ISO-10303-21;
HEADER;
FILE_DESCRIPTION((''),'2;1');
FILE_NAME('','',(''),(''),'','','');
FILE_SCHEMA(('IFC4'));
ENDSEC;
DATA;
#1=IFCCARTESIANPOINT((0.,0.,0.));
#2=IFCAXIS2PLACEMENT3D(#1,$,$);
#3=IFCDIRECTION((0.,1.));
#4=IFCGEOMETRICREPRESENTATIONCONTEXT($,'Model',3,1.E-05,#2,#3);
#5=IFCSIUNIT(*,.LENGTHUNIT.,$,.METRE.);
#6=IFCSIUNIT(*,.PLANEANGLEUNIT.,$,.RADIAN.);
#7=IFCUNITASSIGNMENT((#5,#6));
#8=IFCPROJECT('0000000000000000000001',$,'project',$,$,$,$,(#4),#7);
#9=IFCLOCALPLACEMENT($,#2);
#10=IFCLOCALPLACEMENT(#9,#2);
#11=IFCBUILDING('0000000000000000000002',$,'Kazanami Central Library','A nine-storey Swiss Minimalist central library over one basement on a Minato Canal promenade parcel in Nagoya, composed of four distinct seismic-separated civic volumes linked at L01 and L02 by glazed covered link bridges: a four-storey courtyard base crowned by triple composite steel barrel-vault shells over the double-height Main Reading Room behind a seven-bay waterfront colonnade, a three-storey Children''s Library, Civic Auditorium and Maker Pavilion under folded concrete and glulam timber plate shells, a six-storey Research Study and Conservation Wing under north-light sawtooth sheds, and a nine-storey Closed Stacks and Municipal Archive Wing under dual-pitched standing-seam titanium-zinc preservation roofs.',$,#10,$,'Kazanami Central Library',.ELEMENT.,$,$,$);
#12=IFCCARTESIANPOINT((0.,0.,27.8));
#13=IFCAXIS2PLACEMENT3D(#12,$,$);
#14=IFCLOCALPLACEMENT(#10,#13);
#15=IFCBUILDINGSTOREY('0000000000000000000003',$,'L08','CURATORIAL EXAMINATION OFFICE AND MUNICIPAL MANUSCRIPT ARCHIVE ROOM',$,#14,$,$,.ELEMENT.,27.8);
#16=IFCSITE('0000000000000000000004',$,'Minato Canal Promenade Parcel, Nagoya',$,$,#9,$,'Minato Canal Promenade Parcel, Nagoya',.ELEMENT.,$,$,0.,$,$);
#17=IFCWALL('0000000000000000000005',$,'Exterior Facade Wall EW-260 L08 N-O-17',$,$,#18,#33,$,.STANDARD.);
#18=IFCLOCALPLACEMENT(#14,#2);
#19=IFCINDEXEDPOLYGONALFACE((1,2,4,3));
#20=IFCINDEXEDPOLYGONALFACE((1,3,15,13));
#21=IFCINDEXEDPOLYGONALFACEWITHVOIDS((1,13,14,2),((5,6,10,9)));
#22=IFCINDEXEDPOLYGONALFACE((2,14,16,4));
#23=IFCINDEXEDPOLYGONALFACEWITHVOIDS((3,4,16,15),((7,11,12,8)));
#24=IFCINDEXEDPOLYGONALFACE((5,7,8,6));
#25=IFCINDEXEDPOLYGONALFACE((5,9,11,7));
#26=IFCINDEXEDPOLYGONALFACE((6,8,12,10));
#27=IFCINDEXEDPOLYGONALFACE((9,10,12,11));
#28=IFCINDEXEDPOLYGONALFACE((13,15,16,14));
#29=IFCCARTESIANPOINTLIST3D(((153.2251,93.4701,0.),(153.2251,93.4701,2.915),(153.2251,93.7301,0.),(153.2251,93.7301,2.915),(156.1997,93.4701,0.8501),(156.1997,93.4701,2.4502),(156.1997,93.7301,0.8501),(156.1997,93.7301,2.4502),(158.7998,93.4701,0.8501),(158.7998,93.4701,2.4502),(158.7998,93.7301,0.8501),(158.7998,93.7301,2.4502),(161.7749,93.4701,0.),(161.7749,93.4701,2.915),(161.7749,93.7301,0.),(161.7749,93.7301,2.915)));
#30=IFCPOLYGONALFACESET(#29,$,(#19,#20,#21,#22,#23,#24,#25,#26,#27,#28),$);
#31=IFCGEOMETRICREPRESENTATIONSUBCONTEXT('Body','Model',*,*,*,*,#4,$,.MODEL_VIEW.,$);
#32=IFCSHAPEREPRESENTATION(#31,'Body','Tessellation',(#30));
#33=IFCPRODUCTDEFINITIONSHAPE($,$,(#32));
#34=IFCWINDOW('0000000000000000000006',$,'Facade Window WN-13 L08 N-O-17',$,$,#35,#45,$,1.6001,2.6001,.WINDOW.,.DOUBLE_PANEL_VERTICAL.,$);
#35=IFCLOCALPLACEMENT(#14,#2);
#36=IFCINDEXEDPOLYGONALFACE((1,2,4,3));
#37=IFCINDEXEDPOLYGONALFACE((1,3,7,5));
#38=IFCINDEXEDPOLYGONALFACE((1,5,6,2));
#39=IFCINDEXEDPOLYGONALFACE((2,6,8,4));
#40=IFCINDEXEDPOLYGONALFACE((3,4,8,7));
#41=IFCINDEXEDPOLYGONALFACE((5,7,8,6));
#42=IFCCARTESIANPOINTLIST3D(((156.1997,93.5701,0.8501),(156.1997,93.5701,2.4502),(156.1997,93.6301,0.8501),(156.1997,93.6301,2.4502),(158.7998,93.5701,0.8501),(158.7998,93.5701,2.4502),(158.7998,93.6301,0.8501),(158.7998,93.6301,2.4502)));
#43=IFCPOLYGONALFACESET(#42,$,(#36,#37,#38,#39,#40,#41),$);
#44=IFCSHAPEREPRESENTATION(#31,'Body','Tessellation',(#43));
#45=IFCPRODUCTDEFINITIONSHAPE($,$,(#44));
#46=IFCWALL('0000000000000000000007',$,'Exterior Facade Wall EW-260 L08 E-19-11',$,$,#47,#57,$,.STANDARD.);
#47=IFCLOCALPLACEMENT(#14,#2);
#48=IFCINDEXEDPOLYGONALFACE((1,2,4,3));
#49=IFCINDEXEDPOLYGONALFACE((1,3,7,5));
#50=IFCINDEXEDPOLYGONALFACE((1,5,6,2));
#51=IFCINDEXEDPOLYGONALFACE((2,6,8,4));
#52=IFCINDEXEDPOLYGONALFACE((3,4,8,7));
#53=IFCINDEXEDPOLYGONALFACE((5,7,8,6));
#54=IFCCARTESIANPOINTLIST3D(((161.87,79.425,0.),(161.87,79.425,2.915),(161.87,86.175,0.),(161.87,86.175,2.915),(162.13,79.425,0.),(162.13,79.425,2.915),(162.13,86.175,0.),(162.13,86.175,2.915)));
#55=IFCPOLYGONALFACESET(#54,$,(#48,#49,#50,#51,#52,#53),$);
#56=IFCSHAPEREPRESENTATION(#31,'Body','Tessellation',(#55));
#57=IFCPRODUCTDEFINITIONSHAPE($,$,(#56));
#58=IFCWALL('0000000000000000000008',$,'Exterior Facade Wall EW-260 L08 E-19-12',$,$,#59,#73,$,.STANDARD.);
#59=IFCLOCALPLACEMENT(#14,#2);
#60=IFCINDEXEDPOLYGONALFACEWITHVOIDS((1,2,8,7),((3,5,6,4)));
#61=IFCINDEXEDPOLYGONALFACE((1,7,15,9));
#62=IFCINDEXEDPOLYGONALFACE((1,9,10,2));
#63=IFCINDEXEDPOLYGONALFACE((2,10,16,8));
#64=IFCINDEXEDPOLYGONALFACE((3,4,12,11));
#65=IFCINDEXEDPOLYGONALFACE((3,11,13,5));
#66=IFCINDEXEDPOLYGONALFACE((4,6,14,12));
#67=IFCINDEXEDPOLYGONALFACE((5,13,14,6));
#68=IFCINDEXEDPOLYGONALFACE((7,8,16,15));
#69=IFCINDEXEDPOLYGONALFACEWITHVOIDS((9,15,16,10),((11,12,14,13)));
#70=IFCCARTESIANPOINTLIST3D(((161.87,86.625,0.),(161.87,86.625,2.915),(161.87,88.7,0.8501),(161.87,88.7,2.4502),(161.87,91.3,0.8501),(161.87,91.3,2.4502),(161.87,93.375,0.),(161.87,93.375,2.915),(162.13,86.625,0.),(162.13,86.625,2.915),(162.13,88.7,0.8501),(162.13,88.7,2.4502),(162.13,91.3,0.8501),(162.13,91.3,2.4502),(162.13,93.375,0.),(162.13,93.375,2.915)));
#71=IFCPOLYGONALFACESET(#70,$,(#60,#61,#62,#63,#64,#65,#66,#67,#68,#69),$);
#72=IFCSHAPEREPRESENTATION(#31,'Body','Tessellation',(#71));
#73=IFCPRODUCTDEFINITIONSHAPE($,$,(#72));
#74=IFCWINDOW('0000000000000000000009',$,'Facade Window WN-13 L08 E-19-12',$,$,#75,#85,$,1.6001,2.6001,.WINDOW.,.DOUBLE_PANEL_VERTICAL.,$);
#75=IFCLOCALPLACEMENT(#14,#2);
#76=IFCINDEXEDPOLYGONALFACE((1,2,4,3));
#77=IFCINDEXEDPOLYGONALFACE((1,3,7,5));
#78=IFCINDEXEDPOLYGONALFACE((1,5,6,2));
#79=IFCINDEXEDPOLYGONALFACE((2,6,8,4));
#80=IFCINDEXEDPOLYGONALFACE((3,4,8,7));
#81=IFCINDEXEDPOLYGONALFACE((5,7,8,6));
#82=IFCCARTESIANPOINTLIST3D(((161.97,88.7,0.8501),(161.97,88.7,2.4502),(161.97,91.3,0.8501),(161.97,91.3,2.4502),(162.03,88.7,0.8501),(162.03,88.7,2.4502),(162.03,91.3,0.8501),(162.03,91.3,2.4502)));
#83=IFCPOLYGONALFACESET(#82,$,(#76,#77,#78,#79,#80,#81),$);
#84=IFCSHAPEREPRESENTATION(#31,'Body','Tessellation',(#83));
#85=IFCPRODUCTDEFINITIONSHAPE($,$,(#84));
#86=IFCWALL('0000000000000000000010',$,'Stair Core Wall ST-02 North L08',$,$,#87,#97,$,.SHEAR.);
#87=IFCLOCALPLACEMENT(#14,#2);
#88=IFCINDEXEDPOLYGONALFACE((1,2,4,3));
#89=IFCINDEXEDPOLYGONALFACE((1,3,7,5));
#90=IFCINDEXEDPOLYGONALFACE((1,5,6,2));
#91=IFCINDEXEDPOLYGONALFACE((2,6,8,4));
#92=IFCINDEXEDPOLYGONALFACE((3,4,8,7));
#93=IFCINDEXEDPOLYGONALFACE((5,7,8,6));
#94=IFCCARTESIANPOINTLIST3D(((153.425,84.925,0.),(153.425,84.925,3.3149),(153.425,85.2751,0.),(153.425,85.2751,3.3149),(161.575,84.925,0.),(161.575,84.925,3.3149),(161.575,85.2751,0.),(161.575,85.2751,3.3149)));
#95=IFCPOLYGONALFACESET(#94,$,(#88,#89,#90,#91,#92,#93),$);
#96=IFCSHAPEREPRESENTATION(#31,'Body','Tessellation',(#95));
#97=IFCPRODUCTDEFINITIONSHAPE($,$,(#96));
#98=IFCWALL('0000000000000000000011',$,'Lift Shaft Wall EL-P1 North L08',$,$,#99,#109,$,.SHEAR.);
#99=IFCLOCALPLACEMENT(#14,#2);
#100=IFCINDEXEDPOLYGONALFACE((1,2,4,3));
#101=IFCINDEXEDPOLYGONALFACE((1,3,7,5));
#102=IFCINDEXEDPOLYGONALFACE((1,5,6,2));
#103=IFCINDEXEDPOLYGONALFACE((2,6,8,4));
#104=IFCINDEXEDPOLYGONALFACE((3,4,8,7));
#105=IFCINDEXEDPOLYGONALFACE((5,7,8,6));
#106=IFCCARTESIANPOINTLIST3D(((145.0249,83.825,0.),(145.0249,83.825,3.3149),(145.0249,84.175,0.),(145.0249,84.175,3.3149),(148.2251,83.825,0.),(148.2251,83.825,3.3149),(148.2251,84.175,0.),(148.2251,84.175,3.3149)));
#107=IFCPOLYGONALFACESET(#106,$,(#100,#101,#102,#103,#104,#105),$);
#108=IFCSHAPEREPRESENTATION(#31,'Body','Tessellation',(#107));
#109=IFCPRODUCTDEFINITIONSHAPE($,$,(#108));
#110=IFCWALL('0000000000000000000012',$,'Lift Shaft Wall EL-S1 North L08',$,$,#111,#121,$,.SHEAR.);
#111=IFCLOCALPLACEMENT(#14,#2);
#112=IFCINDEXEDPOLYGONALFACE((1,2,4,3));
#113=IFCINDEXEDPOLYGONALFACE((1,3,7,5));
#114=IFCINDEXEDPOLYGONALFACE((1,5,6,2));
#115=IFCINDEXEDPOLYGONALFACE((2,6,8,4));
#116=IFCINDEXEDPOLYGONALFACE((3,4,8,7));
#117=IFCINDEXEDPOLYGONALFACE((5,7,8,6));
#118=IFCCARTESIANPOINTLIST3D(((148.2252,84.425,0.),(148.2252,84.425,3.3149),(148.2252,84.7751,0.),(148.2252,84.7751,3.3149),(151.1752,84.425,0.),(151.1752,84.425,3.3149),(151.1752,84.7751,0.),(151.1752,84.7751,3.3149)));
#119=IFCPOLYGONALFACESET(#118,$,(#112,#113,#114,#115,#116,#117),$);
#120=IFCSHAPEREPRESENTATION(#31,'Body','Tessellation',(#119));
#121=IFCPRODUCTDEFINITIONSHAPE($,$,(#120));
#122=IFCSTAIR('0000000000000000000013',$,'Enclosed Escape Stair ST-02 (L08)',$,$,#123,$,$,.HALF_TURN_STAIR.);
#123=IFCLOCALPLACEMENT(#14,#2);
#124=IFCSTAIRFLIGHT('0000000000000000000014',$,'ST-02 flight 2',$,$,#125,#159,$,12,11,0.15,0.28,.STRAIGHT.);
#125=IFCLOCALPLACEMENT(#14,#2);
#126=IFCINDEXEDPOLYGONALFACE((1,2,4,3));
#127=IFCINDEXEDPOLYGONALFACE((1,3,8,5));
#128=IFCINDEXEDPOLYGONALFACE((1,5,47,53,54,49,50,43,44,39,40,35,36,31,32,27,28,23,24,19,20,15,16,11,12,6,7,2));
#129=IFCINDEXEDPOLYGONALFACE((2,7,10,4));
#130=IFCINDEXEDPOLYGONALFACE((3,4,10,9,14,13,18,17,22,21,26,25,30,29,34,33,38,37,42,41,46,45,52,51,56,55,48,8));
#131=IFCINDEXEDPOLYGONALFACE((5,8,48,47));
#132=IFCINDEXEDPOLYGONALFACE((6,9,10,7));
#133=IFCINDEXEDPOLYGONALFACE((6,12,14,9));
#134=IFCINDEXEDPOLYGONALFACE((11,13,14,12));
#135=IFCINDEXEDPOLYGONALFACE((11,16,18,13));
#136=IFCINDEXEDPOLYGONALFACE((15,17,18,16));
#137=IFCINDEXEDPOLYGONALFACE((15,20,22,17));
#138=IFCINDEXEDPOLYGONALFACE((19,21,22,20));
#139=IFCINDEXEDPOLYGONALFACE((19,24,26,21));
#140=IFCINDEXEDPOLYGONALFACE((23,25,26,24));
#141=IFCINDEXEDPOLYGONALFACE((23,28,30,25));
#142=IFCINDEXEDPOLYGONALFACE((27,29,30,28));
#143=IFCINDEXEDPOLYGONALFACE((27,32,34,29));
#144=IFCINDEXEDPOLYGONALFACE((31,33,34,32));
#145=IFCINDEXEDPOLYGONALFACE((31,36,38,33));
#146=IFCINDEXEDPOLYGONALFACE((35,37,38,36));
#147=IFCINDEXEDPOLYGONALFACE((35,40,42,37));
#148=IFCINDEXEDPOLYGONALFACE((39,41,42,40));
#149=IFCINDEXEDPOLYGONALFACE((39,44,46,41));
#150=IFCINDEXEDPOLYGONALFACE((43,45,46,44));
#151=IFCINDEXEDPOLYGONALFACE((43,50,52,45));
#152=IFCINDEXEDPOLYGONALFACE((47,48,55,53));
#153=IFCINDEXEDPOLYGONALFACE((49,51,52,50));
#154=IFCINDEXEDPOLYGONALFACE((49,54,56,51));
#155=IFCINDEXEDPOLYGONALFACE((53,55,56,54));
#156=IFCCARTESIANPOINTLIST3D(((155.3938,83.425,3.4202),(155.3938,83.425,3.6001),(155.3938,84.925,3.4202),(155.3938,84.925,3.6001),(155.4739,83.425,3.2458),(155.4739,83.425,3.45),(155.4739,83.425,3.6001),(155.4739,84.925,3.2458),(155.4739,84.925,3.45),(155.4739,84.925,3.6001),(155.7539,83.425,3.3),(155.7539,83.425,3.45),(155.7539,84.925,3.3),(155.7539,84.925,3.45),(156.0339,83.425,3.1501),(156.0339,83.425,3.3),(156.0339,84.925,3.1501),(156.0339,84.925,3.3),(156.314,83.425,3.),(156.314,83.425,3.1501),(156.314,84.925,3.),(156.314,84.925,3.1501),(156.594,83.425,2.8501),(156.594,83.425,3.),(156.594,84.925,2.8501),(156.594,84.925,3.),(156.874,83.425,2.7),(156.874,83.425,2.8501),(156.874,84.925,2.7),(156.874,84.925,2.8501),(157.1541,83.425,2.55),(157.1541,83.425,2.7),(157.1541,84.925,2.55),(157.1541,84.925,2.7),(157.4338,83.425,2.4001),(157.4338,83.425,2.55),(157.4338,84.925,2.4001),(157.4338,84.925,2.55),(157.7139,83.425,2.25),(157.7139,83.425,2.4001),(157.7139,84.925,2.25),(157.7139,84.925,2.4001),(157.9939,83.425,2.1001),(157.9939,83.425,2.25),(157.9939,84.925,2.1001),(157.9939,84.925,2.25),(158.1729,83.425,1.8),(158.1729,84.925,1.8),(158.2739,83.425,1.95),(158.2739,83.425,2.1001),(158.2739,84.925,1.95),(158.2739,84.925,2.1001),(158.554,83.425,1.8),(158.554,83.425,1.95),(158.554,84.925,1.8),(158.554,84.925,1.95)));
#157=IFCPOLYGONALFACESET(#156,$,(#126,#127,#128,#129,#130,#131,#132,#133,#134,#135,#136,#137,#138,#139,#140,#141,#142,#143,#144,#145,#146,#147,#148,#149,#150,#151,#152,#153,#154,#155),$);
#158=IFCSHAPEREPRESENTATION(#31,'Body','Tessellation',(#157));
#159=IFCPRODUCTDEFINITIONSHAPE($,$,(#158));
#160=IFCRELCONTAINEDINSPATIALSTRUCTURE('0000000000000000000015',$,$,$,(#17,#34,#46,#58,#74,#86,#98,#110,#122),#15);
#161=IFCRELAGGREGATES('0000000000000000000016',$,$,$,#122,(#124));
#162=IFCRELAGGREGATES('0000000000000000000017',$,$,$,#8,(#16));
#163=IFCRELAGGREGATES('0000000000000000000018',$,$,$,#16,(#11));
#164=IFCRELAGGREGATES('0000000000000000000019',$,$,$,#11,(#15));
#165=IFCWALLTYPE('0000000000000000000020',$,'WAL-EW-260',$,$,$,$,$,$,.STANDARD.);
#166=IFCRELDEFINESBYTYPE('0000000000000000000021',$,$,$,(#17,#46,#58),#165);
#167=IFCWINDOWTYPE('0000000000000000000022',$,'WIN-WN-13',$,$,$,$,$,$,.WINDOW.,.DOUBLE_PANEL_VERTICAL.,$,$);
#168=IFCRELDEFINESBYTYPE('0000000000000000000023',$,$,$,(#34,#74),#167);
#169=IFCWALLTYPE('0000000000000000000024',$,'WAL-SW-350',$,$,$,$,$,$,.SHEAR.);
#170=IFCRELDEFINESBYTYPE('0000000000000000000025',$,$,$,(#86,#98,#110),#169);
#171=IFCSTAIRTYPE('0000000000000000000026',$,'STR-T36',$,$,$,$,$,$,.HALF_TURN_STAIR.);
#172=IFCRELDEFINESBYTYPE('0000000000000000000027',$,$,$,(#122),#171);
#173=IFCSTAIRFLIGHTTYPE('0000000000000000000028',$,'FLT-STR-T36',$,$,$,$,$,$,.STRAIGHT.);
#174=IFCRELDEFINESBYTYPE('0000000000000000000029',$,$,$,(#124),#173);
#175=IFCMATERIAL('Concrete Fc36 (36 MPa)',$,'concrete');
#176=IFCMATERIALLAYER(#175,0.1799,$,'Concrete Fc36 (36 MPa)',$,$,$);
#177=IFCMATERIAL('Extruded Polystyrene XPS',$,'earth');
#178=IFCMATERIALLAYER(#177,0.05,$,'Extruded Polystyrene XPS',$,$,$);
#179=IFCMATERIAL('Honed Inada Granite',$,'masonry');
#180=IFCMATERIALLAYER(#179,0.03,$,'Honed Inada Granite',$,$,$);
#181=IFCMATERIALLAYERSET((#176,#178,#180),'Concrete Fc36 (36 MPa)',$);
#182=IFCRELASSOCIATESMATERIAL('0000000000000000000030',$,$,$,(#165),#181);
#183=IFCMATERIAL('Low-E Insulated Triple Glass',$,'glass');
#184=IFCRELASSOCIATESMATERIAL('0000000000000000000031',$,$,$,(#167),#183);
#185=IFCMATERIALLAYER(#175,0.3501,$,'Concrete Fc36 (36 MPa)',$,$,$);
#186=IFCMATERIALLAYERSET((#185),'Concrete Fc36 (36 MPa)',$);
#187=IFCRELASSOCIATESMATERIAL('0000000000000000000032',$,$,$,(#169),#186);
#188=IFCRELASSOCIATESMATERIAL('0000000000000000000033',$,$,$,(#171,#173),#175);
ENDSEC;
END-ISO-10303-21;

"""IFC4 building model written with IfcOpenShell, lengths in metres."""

from ifc_helpers import new_model, si_unit, direction, frame, frame_2d, origin, place, context, subcontext, project, spatial, polyline, rectangle, outline, extrude, material, layer, layer_set, type_object, element, fill, aggregate, save


model = new_model("IFC4")

# Units and contexts
model_context = context("Model", 3, precision=1e-05, world=origin(), true_north=direction((0.0, 1.0)))
body_context = subcontext(model_context, "Body", "Model", "MODEL_VIEW")
ifc_project = project(units=[si_unit("LENGTHUNIT", "METRE"), si_unit("PLANEANGLEUNIT", "RADIAN")], contexts=[model_context])

# Site, building, storey
site_placement = place(None, origin())
site = spatial("IfcSite", under=ifc_project, at=site_placement, Name="Minato Canal Promenade Parcel, Nagoya", LongName="Minato Canal Promenade Parcel, Nagoya", CompositionType="ELEMENT", RefElevation=0.0)
building_placement = place(site_placement, origin())
building = spatial("IfcBuilding", under=site, at=building_placement, Name="Kazanami Central Library", Description="A nine-storey Swiss Minimalist central library over one basement on a Minato Canal promenade parcel in Nagoya, composed of four distinct seismic-separated civic volumes linked at L01 and L02 by glazed covered link bridges: a four-storey courtyard base crowned by triple composite steel barrel-vault shells over the double-height Main Reading Room behind a seven-bay waterfront colonnade, a three-storey Children's Library, Civic Auditorium and Maker Pavilion under folded concrete and glulam timber plate shells, a six-storey Research Study and Conservation Wing under north-light sawtooth sheds, and a nine-storey Closed Stacks and Municipal Archive Wing under dual-pitched standing-seam titanium-zinc preservation roofs.", LongName="Kazanami Central Library", CompositionType="ELEMENT")
storey_placement = place(building_placement, frame((0.0, 0.0, 27.8)))
storey = spatial("IfcBuildingStorey", under=building, at=storey_placement, Name="L08", Description="CURATORIAL EXAMINATION OFFICE AND MUNICIPAL MANUSCRIPT ARCHIVE ROOM", CompositionType="ELEMENT", Elevation=27.8)

# Wall, opening, window
ifc_material_1 = material(Name="Concrete Fc36 (36 MPa)", Category="concrete")
ifc_layer_1 = layer(ifc_material_1, 0.1799, Name="Concrete Fc36 (36 MPa)")
ifc_material_2 = material(Name="Extruded Polystyrene XPS", Category="earth")
ifc_layer_2 = layer(ifc_material_2, 0.05, Name="Extruded Polystyrene XPS")
ifc_material_3 = material(Name="Honed Inada Granite", Category="masonry")
ifc_layer_3 = layer(ifc_material_3, 0.03, Name="Honed Inada Granite")
ifc_layer_set_1 = layer_set([ifc_layer_1, ifc_layer_2, ifc_layer_3], Name="Concrete Fc36 (36 MPa)")
wall_type_1 = type_object("IfcWallType", Name="WAL-EW-260", PredefinedType="STANDARD", material=ifc_layer_set_1)
ifc_material_4 = material(Name="Low-E Insulated Triple Glass", Category="glass")
window_type = type_object("IfcWindowType", Name="WIN-WN-13", PartitioningType="DOUBLE_PANEL_VERTICAL", PredefinedType="WINDOW", material=ifc_material_4)
wall_1_placement = place(storey_placement, frame((161.7749, 93.6001, 0.0), z_axis=(0.0, 0.0, 1.0), x_axis=(-1.0, 0.0, 0.0)))
wall_1 = element("IfcWall", 1, at=wall_1_placement, inside=storey, type_object=wall_type_1, Name="Exterior Facade Wall EW-260 L08 N-O-17", PredefinedType="STANDARD", context=body_context, shape_type="SweptSolid", body=[
    extrude(rectangle(XDim=8.5498, YDim=0.26, at=frame_2d((4.2749, 0.0))), origin(), (0.0, 0.0, 1.0), 2.915),
])
opening_1_placement = place(wall_1_placement, frame((2.9751, 0.0, 0.8501)))
opening_1 = element("IfcOpeningElement", 2, at=opening_1_placement, cuts=wall_1, PredefinedType="OPENING", context=body_context, shape_type="SweptSolid", body=[
    extrude(rectangle(XDim=2.6001, YDim=1.6001, at=frame_2d((1.3, 0.8))), frame((0.0, 0.1421, 0.0), z_axis=(0.0, -1.0, 0.0), x_axis=(1.0, 0.0, 0.0)), (0.0, 0.0, 1.0), 0.2839),
])
window_1_placement = place(opening_1_placement, origin())
window_1 = element("IfcWindow", 3, at=window_1_placement, inside=storey, type_object=window_type, Name="Facade Window WN-13 L08 N-O-17", OverallHeight=1.6001, OverallWidth=2.6001, PartitioningType="DOUBLE_PANEL_VERTICAL", PredefinedType="WINDOW", context=body_context, shape_type="SweptSolid", body=[
    extrude(rectangle(XDim=2.6001, YDim=1.6001, at=frame_2d((1.3, 0.8))), frame((0.0, 0.03, 0.0), z_axis=(0.0, -1.0, 0.0), x_axis=(1.0, 0.0, 0.0)), (0.0, 0.0, 1.0), 0.0601),
])
fill(opening_1, window_1)

# Wall
wall_2_placement = place(storey_placement, frame((162.0, 86.175, 0.0), z_axis=(0.0, 0.0, 1.0), x_axis=(0.0, -1.0, 0.0)))
element("IfcWall", 4, at=wall_2_placement, inside=storey, type_object=wall_type_1, Name="Exterior Facade Wall EW-260 L08 E-19-11", PredefinedType="STANDARD", context=body_context, shape_type="SweptSolid", body=[
    extrude(rectangle(XDim=6.75, YDim=0.26, at=frame_2d((3.375, 0.0))), origin(), (0.0, 0.0, 1.0), 2.915),
])

# Wall, opening, window
wall_3_placement = place(storey_placement, frame((162.0, 93.375, 0.0), z_axis=(0.0, 0.0, 1.0), x_axis=(0.0, -1.0, 0.0)))
wall_3 = element("IfcWall", 5, at=wall_3_placement, inside=storey, type_object=wall_type_1, Name="Exterior Facade Wall EW-260 L08 E-19-12", PredefinedType="STANDARD", context=body_context, shape_type="SweptSolid", body=[
    extrude(rectangle(XDim=6.75, YDim=0.26, at=frame_2d((3.375, 0.0))), origin(), (0.0, 0.0, 1.0), 2.915),
])
opening_2_placement = place(wall_3_placement, frame((2.075, 0.0, 0.8501)))
opening_2 = element("IfcOpeningElement", 6, at=opening_2_placement, cuts=wall_3, PredefinedType="OPENING", context=body_context, shape_type="SweptSolid", body=[
    extrude(rectangle(XDim=2.6001, YDim=1.6001, at=frame_2d((1.3, 0.8))), frame((0.0, 0.1421, 0.0), z_axis=(0.0, -1.0, 0.0), x_axis=(1.0, 0.0, 0.0)), (0.0, 0.0, 1.0), 0.2839),
])
window_2_placement = place(opening_2_placement, origin())
window_2 = element("IfcWindow", 7, at=window_2_placement, inside=storey, type_object=window_type, Name="Facade Window WN-13 L08 E-19-12", OverallHeight=1.6001, OverallWidth=2.6001, PartitioningType="DOUBLE_PANEL_VERTICAL", PredefinedType="WINDOW", context=body_context, shape_type="SweptSolid", body=[
    extrude(rectangle(XDim=2.6001, YDim=1.6001, at=frame_2d((1.3, 0.8))), frame((0.0, 0.03, 0.0), z_axis=(0.0, -1.0, 0.0), x_axis=(1.0, 0.0, 0.0)), (0.0, 0.0, 1.0), 0.0601),
])
fill(opening_2, window_2)

# Walls
ifc_layer_4 = layer(ifc_material_1, 0.3501, Name="Concrete Fc36 (36 MPa)")
ifc_layer_set_2 = layer_set([ifc_layer_4], Name="Concrete Fc36 (36 MPa)")
wall_type_2 = type_object("IfcWallType", Name="WAL-SW-350", PredefinedType="SHEAR", material=ifc_layer_set_2)
wall_4_placement = place(storey_placement, frame((153.425, 85.1001, 0.0), z_axis=(0.0, 0.0, 1.0), x_axis=(1.0, 0.0, 0.0)))
element("IfcWall", 8, at=wall_4_placement, inside=storey, type_object=wall_type_2, Name="Stair Core Wall ST-02 North L08", PredefinedType="SHEAR", context=body_context, shape_type="SweptSolid", body=[
    extrude(rectangle(XDim=8.1499, YDim=0.3501, at=frame_2d((4.075, 0.0))), origin(), (0.0, 0.0, 1.0), 3.3149),
])
wall_5_placement = place(storey_placement, frame((145.0249, 84.0, 0.0), z_axis=(0.0, 0.0, 1.0), x_axis=(1.0, 0.0, 0.0)))
element("IfcWall", 9, at=wall_5_placement, inside=storey, type_object=wall_type_2, Name="Lift Shaft Wall EL-P1 North L08", PredefinedType="SHEAR", context=body_context, shape_type="SweptSolid", body=[
    extrude(rectangle(XDim=3.2002, YDim=0.3501, at=frame_2d((1.6001, 0.0))), origin(), (0.0, 0.0, 1.0), 3.3149),
])
wall_6_placement = place(storey_placement, frame((148.2251, 84.6001, 0.0), z_axis=(0.0, 0.0, 1.0), x_axis=(1.0, 0.0, 0.0)))
element("IfcWall", 10, at=wall_6_placement, inside=storey, type_object=wall_type_2, Name="Lift Shaft Wall EL-S1 North L08", PredefinedType="SHEAR", context=body_context, shape_type="SweptSolid", body=[
    extrude(rectangle(XDim=2.95, YDim=0.3501, at=frame_2d((1.4751, 0.0))), origin(), (0.0, 0.0, 1.0), 3.3149),
])

# Stair, stair flight
stair_type = type_object("IfcStairType", Name="STR-T36", PredefinedType="HALF_TURN_STAIR", material=ifc_material_1)
stair_placement = place(storey_placement, origin())
stair = element("IfcStair", 11, at=stair_placement, inside=storey, type_object=stair_type, Name="Enclosed Escape Stair ST-02 (L08)", PredefinedType="HALF_TURN_STAIR")
stair_flight_type = type_object("IfcStairFlightType", Name="FLT-STR-T36", PredefinedType="STRAIGHT", material=ifc_material_1)
stair_flight_placement = place(storey_placement, frame((158.554, 84.175, 1.8), z_axis=(0.0, 0.0, 1.0), x_axis=(-1.0, 0.0, 0.0)))
stair_flight = element("IfcStairFlight", 12, at=stair_flight_placement, type_object=stair_flight_type, Name="ST-02 flight 2", NumberOfRisers=12, NumberOfTreads=11, PredefinedType="STRAIGHT", RiserHeight=0.15, TreadLength=0.28, context=body_context, shape_type="SweptSolid", body=[
    extrude(outline(polyline([(0.0, 0.0), (0.0, 0.1499), (0.28, 0.1499), (0.28, 0.3), (0.5601, 0.3), (0.5601, 0.45), (0.8401, 0.45), (0.8401, 0.6001), (1.1201, 0.6001), (1.1201, 0.75), (1.3999, 0.75), (1.3999, 0.8999), (1.6799, 0.8999), (1.6799, 1.05), (1.96, 1.05), (1.96, 1.2), (2.24, 1.2), (2.24, 1.3501), (2.52, 1.3501), (2.52, 1.5), (2.8, 1.5), (2.8, 1.6499), (3.0801, 1.6499), (3.0801, 1.8), (3.1602, 1.8), (3.1602, 1.6201), (3.0801, 1.4458), (0.3811, 0.0), (0.0, 0.0)])), frame((0.0, 0.75, 0.0), z_axis=(0.0, -1.0, 0.0), x_axis=(1.0, 0.0, 0.0)), (0.0, 0.0, 1.0), 1.5),
])
aggregate(stair, [stair_flight])

save(model, "model.ifc")
